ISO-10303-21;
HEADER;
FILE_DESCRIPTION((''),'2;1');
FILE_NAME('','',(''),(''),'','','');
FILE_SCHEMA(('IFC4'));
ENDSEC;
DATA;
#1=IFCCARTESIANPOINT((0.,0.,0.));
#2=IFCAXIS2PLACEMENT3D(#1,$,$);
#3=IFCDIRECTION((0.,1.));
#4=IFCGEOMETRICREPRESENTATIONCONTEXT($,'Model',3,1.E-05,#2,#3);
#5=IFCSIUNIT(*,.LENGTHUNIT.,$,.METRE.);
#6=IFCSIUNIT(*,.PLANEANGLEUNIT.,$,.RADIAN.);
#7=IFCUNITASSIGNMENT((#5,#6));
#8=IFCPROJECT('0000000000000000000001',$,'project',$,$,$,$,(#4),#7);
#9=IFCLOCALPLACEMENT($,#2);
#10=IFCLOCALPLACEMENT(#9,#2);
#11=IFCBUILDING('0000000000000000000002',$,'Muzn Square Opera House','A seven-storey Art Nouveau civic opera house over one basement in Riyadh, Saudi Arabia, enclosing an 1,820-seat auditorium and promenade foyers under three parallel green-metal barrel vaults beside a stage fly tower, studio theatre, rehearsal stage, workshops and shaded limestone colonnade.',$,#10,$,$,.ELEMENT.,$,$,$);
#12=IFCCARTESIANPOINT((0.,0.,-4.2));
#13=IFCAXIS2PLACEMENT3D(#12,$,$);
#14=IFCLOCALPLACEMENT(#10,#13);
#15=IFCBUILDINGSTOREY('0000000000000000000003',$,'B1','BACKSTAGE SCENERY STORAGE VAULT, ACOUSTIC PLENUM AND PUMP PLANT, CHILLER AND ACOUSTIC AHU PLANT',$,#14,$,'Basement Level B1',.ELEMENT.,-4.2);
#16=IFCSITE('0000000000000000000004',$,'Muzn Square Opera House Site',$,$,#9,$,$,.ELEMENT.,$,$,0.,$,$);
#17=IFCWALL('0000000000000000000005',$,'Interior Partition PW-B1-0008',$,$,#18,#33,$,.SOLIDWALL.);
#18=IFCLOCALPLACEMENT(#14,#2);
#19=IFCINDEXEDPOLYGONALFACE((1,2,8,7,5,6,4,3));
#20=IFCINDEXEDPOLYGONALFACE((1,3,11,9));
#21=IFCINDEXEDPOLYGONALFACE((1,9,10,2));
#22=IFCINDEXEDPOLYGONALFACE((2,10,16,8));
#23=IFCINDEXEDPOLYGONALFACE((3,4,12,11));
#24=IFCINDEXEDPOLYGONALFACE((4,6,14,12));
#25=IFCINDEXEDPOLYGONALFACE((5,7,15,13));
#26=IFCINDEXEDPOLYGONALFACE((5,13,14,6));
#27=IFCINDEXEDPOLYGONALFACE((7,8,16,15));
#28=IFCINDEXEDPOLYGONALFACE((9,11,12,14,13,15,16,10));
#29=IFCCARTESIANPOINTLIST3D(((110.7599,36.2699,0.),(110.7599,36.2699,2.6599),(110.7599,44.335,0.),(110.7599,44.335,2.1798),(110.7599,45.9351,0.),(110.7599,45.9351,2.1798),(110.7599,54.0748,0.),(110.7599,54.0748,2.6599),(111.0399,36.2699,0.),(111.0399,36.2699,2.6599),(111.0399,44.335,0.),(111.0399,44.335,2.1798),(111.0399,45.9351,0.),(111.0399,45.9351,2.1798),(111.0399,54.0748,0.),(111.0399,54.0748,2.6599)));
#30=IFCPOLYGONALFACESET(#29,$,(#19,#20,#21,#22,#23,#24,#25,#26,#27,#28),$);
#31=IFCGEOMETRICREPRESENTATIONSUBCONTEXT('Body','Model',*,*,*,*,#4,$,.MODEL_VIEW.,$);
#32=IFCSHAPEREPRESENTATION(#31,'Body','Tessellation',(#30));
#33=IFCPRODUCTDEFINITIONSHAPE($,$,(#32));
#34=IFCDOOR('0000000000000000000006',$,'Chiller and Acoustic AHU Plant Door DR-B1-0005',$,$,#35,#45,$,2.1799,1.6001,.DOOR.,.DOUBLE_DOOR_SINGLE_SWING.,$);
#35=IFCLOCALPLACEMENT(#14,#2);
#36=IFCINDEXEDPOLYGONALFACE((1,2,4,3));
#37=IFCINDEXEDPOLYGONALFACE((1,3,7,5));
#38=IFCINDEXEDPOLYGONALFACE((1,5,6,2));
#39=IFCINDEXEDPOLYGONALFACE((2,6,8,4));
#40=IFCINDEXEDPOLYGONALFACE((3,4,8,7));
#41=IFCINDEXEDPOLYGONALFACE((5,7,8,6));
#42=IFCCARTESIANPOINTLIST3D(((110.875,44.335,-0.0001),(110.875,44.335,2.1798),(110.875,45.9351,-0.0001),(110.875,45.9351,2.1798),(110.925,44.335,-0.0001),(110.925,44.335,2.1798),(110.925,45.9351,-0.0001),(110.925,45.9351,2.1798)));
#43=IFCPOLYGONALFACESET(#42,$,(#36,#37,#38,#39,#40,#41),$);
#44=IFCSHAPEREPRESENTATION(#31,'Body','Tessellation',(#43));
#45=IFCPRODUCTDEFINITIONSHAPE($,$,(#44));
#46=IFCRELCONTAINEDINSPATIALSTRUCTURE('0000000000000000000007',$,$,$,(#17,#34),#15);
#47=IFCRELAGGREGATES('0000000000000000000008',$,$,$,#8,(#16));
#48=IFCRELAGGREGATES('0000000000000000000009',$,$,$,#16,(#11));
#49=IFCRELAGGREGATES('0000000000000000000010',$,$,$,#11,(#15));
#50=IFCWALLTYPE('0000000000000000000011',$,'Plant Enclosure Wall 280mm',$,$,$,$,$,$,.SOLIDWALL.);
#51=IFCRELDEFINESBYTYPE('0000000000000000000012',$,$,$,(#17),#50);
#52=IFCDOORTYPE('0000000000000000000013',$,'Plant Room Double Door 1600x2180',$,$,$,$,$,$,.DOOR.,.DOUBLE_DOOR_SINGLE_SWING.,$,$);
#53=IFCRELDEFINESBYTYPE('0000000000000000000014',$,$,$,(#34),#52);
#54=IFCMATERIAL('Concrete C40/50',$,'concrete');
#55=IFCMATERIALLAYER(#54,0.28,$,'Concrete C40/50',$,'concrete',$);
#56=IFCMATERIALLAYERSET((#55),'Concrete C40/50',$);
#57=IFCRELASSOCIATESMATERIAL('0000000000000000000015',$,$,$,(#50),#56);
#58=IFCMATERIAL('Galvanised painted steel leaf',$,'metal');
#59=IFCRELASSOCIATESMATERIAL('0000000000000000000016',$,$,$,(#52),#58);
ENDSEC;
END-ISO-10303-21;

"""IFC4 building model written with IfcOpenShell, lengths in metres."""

from ifc_helpers import new_model, si_unit, direction, frame, frame_2d, origin, place, context, subcontext, project, spatial, rectangle, extrude, material, layer, layer_set, type_object, element, fill, save


model = new_model("IFC4")

# Units and contexts
model_context = context("Model", 3, precision=1e-05, world=origin(), true_north=direction((0.0, 1.0)))
body_context = subcontext(model_context, "Body", "Model", "MODEL_VIEW")
ifc_project = project(units=[si_unit("LENGTHUNIT", "METRE"), si_unit("PLANEANGLEUNIT", "RADIAN")], contexts=[model_context])

# Site, building, storey
site_placement = place(None, origin())
site = spatial("IfcSite", under=ifc_project, at=site_placement, Name="Muzn Square Opera House Site", CompositionType="ELEMENT", RefElevation=0.0)
building_placement = place(site_placement, origin())
building = spatial("IfcBuilding", under=site, at=building_placement, Name="Muzn Square Opera House", Description="A seven-storey Art Nouveau civic opera house over one basement in Riyadh, Saudi Arabia, enclosing an 1,820-seat auditorium and promenade foyers under three parallel green-metal barrel vaults beside a stage fly tower, studio theatre, rehearsal stage, workshops and shaded limestone colonnade.", CompositionType="ELEMENT")
storey_placement = place(building_placement, frame((0.0, 0.0, -4.2)))
storey = spatial("IfcBuildingStorey", under=building, at=storey_placement, Name="B1", Description="BACKSTAGE SCENERY STORAGE VAULT, ACOUSTIC PLENUM AND PUMP PLANT, CHILLER AND ACOUSTIC AHU PLANT", LongName="Basement Level B1", CompositionType="ELEMENT", Elevation=-4.2)

# Shared definitions
ifc_material_1 = material(Name="Concrete C40/50", Category="concrete")

# Wall, opening, door
ifc_layer = layer(ifc_material_1, 0.28, Name="Concrete C40/50", Category="concrete")
ifc_layer_set = layer_set([ifc_layer], Name="Concrete C40/50")
wall_type = type_object("IfcWallType", Name="Plant Enclosure Wall 280mm", PredefinedType="SOLIDWALL", material=ifc_layer_set)
ifc_material_2 = material(Name="Galvanised painted steel leaf", Category="metal")
door_type = type_object("IfcDoorType", Name="Plant Room Double Door 1600x2180", OperationType="DOUBLE_DOOR_SINGLE_SWING", PredefinedType="DOOR", material=ifc_material_2)
wall_1_placement = place(storey_placement, frame((110.8999, 36.27, 0.0), z_axis=(0.0, 0.0, 1.0), x_axis=(0.0, 1.0, 0.0)))
wall_1 = element("IfcWall", 1, at=wall_1_placement, inside=storey, type_object=wall_type, Name="Interior Partition PW-B1-0008", PredefinedType="SOLIDWALL", context=body_context, shape_type="SweptSolid", body=[
    extrude(rectangle(XDim=17.8049, YDim=0.28, at=frame_2d((8.9023, 0.0))), origin(), (0.0, 0.0, 1.0), 2.6599),
])
opening_1_placement = place(wall_1_placement, frame((8.0649, 0.0, 0.0)))
opening_1 = element("IfcOpeningElement", 2, at=opening_1_placement, cuts=wall_1, PredefinedType="OPENING", context=body_context, shape_type="SweptSolid", body=[
    extrude(rectangle(XDim=1.6001, YDim=2.1799, at=frame_2d((0.8, 1.0898))), frame((0.0, 0.1499, 0.0), z_axis=(0.0, -1.0, 0.0), x_axis=(1.0, 0.0, 0.0)), (0.0, 0.0, 1.0), 0.3),
])
door_1_placement = place(opening_1_placement, origin())
door_1 = element("IfcDoor", 3, at=door_1_placement, inside=storey, type_object=door_type, Name="Chiller and Acoustic AHU Plant Door DR-B1-0005", OperationType="DOUBLE_DOOR_SINGLE_SWING", OverallHeight=2.1799, OverallWidth=1.6001, PredefinedType="DOOR", context=body_context, shape_type="SweptSolid", body=[
    extrude(rectangle(XDim=1.6001, YDim=2.1799, at=frame_2d((0.8, 1.0898))), frame((0.0, 0.0249, 0.0), z_axis=(0.0, -1.0, 0.0), x_axis=(1.0, 0.0, 0.0)), (0.0, 0.0, 1.0), 0.05),
])
fill(opening_1, door_1)

save(model, "model.ifc")
